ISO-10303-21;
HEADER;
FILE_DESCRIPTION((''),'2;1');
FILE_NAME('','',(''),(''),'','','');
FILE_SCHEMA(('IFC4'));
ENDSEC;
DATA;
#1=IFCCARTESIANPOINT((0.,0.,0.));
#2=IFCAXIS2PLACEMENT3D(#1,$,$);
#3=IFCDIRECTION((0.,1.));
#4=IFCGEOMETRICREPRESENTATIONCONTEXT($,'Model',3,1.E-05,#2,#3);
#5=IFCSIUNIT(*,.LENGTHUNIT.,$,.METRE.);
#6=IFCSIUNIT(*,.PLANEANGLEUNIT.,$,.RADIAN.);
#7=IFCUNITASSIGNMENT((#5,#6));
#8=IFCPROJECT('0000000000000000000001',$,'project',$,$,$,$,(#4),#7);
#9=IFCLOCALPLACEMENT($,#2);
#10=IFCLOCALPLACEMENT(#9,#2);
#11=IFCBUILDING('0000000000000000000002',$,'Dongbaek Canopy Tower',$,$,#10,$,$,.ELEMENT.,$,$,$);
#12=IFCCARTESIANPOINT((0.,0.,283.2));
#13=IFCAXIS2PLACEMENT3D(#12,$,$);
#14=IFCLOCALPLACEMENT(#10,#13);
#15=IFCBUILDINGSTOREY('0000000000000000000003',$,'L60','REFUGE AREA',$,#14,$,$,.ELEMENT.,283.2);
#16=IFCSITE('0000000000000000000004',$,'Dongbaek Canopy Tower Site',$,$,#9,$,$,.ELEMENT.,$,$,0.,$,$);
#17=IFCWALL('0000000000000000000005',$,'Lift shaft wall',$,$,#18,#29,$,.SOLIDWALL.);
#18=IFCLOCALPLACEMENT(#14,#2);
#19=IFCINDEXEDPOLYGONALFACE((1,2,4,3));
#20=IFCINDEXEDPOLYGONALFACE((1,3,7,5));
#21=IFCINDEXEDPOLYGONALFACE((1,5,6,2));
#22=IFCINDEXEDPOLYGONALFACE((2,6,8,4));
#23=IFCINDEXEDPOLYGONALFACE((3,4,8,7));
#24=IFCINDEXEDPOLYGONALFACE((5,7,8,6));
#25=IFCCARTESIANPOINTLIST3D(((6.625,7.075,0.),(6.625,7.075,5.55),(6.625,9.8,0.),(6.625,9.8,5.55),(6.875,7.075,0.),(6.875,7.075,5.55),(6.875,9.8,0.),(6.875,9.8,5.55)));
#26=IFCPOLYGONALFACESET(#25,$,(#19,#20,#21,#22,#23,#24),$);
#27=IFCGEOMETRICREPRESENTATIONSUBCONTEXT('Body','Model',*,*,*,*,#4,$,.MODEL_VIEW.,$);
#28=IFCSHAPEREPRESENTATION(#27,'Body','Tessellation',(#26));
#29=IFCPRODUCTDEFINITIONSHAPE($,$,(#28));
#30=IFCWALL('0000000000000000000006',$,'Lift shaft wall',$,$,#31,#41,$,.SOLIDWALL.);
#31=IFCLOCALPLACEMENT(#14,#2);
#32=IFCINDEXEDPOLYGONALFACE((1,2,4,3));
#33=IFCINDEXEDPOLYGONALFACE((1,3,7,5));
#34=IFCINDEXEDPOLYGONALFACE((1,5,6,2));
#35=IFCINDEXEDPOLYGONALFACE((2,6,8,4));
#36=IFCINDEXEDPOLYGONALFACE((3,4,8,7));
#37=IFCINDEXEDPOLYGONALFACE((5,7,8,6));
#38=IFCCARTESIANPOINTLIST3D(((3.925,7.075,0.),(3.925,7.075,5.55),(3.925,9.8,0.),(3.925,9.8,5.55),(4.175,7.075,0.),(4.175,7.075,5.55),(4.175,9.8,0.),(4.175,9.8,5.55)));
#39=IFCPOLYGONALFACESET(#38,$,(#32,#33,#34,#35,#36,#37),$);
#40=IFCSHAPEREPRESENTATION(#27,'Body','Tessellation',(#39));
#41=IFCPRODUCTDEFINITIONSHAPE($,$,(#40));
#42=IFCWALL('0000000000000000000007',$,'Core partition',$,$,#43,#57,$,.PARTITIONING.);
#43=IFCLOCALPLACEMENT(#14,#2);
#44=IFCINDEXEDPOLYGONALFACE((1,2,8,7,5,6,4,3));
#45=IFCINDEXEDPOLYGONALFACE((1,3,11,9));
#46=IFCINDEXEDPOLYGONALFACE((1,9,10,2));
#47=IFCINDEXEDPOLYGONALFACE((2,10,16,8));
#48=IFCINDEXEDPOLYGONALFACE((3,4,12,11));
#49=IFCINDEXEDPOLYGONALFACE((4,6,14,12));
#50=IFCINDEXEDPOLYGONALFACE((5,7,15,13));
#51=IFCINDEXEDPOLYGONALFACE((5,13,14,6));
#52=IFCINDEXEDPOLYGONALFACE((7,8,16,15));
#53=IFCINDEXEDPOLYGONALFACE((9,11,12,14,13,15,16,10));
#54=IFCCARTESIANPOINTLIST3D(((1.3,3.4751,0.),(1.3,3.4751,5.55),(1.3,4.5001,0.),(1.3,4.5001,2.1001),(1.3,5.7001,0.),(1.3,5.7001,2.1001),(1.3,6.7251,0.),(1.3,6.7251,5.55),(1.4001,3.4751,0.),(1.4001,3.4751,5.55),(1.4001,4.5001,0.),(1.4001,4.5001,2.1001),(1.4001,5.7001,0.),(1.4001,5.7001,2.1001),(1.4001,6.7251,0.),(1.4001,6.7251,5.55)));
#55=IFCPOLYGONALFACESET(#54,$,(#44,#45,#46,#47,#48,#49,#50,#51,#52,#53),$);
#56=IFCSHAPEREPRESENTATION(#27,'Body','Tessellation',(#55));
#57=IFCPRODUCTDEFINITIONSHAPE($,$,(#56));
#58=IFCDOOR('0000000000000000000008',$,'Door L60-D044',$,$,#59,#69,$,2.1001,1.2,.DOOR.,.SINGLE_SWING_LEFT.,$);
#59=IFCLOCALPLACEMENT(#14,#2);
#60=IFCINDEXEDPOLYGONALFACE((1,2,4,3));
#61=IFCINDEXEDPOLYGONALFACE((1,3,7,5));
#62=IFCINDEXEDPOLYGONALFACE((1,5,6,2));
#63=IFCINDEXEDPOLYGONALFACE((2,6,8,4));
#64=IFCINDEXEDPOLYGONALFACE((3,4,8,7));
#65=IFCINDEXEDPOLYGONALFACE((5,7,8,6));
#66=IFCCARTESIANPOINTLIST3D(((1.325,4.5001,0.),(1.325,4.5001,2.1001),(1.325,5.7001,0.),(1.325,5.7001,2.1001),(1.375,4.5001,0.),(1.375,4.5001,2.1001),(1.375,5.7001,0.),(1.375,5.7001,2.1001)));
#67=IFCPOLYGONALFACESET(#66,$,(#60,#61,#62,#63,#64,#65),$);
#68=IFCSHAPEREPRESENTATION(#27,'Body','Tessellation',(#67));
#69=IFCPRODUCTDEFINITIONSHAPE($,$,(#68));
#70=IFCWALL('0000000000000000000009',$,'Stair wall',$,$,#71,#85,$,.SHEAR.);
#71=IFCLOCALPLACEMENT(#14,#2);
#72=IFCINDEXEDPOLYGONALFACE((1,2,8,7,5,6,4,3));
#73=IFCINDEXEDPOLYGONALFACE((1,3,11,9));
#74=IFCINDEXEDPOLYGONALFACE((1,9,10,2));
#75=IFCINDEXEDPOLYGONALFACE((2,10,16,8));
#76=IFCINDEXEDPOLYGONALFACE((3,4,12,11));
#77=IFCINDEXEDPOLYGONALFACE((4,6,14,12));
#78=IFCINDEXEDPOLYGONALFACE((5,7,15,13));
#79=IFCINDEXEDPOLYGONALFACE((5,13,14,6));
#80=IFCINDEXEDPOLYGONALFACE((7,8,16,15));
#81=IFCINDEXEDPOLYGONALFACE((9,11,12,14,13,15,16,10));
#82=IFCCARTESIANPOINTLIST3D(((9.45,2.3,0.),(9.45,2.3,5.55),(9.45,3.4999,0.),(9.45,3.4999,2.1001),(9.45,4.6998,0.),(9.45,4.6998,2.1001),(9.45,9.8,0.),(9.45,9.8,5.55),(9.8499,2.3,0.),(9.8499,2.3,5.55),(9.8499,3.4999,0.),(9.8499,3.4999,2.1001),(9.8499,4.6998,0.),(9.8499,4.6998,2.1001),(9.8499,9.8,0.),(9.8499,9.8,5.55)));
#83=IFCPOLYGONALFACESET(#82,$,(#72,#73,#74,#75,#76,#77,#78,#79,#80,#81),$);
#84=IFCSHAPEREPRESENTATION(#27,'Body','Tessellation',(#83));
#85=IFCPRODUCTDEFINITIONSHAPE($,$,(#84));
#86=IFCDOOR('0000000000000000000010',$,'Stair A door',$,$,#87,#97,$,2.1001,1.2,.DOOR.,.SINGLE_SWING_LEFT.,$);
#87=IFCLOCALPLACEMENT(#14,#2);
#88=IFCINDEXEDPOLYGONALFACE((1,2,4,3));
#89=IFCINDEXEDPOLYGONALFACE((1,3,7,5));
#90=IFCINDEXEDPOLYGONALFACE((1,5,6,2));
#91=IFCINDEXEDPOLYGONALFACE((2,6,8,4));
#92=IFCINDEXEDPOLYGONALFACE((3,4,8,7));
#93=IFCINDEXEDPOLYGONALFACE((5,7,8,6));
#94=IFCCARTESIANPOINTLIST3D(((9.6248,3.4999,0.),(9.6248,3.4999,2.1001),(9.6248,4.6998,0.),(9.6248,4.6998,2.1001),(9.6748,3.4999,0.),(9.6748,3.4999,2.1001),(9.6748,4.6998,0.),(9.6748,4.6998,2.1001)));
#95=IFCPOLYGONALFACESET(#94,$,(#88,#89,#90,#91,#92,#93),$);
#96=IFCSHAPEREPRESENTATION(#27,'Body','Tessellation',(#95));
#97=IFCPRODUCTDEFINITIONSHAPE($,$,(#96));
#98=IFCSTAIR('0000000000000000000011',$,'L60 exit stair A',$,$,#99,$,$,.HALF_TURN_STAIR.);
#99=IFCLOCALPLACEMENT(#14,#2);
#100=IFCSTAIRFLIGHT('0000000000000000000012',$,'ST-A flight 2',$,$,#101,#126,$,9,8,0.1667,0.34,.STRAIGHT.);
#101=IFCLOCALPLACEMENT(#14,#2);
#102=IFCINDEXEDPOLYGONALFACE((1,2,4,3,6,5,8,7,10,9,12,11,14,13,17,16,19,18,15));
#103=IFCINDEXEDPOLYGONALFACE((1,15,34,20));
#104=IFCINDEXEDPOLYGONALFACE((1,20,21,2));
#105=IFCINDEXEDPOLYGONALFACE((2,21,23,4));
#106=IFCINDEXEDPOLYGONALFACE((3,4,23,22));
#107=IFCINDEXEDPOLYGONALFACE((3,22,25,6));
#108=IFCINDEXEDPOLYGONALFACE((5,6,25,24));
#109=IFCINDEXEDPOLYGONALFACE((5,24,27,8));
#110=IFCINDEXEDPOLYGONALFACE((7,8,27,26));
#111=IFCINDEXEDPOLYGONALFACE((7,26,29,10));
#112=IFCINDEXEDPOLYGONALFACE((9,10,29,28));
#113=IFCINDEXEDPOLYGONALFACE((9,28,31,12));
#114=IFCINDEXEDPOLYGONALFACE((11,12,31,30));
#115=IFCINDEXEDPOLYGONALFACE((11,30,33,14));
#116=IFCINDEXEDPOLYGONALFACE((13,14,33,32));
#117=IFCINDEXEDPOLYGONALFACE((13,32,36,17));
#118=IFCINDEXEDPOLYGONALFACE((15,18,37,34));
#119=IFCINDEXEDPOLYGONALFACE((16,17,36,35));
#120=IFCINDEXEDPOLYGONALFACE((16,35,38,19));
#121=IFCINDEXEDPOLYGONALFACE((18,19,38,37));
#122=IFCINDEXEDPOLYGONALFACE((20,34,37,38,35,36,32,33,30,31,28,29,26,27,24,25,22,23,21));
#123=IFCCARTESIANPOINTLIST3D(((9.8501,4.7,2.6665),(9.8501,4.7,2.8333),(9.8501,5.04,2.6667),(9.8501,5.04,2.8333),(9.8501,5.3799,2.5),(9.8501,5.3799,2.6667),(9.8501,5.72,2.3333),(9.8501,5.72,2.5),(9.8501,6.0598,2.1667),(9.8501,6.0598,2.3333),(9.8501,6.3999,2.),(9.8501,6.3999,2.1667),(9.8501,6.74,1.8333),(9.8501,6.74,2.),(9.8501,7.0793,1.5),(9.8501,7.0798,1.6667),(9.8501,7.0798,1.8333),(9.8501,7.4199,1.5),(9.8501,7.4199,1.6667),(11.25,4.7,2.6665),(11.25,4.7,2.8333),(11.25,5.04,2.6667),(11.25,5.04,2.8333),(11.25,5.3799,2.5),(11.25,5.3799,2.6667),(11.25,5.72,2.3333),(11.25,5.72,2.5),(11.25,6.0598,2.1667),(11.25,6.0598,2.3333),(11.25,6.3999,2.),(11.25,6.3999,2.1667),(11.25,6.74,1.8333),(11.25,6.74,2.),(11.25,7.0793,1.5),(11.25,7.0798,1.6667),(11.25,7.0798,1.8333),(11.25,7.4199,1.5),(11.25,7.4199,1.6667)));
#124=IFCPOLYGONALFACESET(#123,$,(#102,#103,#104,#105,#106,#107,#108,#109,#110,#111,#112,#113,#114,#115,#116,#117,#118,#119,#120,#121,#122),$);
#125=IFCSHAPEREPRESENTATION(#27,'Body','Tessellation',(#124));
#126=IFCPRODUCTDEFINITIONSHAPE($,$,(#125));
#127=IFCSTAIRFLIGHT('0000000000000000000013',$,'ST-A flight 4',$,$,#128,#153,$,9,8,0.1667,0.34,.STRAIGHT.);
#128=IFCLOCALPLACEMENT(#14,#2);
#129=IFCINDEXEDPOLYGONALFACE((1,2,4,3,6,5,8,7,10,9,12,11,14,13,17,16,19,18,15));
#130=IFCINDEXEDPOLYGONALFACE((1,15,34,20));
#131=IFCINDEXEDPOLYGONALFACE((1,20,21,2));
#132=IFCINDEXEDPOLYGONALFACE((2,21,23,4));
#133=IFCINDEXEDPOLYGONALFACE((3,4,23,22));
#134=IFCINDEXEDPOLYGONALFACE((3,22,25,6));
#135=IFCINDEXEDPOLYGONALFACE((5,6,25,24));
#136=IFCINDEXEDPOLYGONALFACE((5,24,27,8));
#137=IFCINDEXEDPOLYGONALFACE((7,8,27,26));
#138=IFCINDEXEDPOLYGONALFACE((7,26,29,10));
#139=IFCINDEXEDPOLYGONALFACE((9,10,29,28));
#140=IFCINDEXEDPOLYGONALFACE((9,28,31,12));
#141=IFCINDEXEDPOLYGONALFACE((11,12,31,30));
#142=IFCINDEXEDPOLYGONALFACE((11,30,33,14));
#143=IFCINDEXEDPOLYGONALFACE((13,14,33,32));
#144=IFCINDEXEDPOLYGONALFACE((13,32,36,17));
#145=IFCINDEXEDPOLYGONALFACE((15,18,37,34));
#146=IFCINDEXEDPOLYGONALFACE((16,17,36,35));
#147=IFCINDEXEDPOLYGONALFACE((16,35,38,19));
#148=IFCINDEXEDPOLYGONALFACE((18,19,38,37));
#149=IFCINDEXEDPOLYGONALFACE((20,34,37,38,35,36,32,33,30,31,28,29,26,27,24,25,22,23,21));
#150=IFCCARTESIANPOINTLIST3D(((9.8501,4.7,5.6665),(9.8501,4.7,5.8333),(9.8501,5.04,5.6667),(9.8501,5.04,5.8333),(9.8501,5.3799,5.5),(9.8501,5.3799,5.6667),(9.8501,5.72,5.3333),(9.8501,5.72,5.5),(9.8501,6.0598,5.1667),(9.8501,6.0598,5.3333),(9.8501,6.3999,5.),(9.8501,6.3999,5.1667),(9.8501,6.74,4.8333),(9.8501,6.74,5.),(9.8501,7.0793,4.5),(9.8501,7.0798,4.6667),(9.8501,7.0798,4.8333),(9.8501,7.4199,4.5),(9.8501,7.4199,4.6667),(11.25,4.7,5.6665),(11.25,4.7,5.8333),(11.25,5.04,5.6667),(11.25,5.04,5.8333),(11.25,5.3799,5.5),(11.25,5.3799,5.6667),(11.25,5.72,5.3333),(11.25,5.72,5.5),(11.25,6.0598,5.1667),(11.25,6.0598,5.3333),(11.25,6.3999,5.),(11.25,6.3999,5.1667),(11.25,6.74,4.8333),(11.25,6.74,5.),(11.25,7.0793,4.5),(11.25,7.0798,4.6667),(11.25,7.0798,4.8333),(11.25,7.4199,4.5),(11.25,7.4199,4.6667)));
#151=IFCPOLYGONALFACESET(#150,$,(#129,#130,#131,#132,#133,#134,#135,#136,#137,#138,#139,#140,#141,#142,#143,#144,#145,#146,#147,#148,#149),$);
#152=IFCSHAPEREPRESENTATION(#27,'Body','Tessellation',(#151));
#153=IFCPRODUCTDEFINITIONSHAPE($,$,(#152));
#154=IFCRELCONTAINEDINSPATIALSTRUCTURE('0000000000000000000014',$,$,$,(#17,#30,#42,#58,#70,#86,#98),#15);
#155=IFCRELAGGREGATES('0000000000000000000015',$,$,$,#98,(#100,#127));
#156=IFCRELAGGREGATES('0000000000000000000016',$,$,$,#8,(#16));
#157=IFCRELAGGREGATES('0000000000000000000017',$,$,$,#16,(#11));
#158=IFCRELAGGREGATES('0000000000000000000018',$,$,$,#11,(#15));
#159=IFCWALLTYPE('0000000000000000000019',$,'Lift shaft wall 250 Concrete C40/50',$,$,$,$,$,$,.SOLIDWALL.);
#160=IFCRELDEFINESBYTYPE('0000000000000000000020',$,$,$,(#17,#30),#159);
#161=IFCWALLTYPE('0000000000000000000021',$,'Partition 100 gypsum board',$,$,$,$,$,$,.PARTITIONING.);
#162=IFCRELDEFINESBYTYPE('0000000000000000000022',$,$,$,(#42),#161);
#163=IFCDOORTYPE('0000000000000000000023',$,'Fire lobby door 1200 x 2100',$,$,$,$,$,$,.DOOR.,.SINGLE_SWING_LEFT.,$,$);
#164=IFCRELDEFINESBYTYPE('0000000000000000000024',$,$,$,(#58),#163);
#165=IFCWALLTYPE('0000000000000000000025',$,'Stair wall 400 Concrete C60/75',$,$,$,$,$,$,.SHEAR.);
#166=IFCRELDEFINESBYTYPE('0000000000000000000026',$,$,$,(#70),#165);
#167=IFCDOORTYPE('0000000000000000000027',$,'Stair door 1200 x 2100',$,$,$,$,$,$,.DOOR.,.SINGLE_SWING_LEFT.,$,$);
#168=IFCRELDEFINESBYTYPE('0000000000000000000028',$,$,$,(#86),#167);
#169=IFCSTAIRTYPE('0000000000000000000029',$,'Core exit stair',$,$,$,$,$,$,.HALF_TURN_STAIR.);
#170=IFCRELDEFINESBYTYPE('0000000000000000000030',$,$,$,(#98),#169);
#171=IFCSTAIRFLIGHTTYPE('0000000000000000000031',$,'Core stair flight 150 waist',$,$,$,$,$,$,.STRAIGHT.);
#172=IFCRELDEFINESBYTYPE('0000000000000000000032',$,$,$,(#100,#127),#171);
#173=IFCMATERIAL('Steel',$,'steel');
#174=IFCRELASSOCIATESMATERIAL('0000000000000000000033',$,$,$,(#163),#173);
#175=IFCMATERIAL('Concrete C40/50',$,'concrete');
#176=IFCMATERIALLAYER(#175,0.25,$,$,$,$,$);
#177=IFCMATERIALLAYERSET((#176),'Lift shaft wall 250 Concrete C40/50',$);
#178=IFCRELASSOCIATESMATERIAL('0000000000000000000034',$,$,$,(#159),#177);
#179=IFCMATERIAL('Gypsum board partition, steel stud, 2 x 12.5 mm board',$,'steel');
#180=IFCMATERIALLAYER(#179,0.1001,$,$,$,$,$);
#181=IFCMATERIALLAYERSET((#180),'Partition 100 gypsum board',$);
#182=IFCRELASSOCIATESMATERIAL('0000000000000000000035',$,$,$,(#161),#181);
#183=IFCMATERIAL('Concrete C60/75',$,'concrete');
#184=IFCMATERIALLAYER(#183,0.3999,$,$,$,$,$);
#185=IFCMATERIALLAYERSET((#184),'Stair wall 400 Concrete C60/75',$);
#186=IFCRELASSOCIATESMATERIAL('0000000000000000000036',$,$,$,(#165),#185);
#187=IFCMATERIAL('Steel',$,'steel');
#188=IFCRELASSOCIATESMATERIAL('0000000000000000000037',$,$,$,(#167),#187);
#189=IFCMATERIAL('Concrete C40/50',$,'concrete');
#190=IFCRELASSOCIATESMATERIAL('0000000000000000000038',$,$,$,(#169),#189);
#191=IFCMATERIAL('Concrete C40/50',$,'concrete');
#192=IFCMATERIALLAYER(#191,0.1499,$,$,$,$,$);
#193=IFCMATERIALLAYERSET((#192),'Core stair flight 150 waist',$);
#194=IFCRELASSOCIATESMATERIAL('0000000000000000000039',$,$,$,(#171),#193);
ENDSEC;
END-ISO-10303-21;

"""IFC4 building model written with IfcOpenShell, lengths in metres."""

from ifc_helpers import new_model, si_unit, direction, frame, frame_2d, origin, place, context, subcontext, project, spatial, polyline, rectangle, outline, extrude, material, layer, layer_set, type_object, element, fill, aggregate, save


model = new_model("IFC4")

# Units and contexts
model_context = context("Model", 3, precision=1e-05, world=origin(), true_north=direction((0.0, 1.0)))
body_context = subcontext(model_context, "Body", "Model", "MODEL_VIEW")
ifc_project = project(units=[si_unit("LENGTHUNIT", "METRE"), si_unit("PLANEANGLEUNIT", "RADIAN")], contexts=[model_context])

# Site, building, storey
site_placement = place(None, origin())
site = spatial("IfcSite", under=ifc_project, at=site_placement, Name="Dongbaek Canopy Tower Site", CompositionType="ELEMENT", RefElevation=0.0)
building_placement = place(site_placement, origin())
building = spatial("IfcBuilding", under=site, at=building_placement, Name="Dongbaek Canopy Tower", CompositionType="ELEMENT")
storey_placement = place(building_placement, frame((0.0, 0.0, 283.2)))
storey = spatial("IfcBuildingStorey", under=building, at=storey_placement, Name="L60", Description="REFUGE AREA", CompositionType="ELEMENT", Elevation=283.2)

# Shared definitions
ifc_material_1 = material(Name="Steel", Category="steel")
door_type_1 = type_object("IfcDoorType", Name="Fire lobby door 1200 x 2100", OperationType="SINGLE_SWING_LEFT", PredefinedType="DOOR", material=ifc_material_1)

# Walls
ifc_material_2 = material(Name="Concrete C40/50", Category="concrete")
ifc_layer_1 = layer(ifc_material_2, 0.25)
ifc_layer_set_1 = layer_set([ifc_layer_1], Name="Lift shaft wall 250 Concrete C40/50")
wall_type_1 = type_object("IfcWallType", Name="Lift shaft wall 250 Concrete C40/50", PredefinedType="SOLIDWALL", material=ifc_layer_set_1)
for number, where, z_axis, x_axis, name in (
    (1, (6.75, 7.075, 0.0), (0.0, 0.0, 1.0), (0.0, 1.0, 0.0), "Lift shaft wall"),
    (2, (4.05, 7.075, 0.0), (0.0, 0.0, 1.0), (0.0, 1.0, 0.0), "Lift shaft wall"),
):
    element("IfcWall", number, at=place(storey_placement, frame(where, z_axis=z_axis, x_axis=x_axis)), inside=storey, type_object=wall_type_1, Name=name, PredefinedType="SOLIDWALL", context=body_context, shape_type="SweptSolid", body=[
        extrude(rectangle(XDim=2.7251, YDim=0.25, at=frame_2d((1.3625, 0.0))), origin(), (0.0, 0.0, 1.0), 5.55),
    ])

# Walls, openings, doors
ifc_material_3 = material(Name="Gypsum board partition, steel stud, 2 x 12.5 mm board", Category="steel")
ifc_layer_2 = layer(ifc_material_3, 0.1001)
ifc_layer_set_2 = layer_set([ifc_layer_2], Name="Partition 100 gypsum board")
wall_type_2 = type_object("IfcWallType", Name="Partition 100 gypsum board", PredefinedType="PARTITIONING", material=ifc_layer_set_2)
wall_1_placement = place(storey_placement, frame((1.3501, 6.7251, 0.0), z_axis=(0.0, 0.0, 1.0), x_axis=(0.0, -1.0, 0.0)))
wall_1 = element("IfcWall", 3, at=wall_1_placement, inside=storey, type_object=wall_type_2, Name="Core partition", PredefinedType="PARTITIONING", context=body_context, shape_type="SweptSolid", body=[
    extrude(rectangle(XDim=3.25, YDim=0.1001, at=frame_2d((1.625, 0.0))), origin(), (0.0, 0.0, 1.0), 5.55),
])
opening_1_placement = place(wall_1_placement, frame((1.0249, 0.0, 0.0)))
opening_1 = element("IfcOpeningElement", 4, at=opening_1_placement, cuts=wall_1, PredefinedType="OPENING", context=body_context, shape_type="SweptSolid", body=[
    extrude(rectangle(XDim=1.2, YDim=2.1001, at=frame_2d((0.6001, 1.05))), frame((0.0, 0.0601, 0.0), z_axis=(0.0, -1.0, 0.0), x_axis=(1.0, 0.0, 0.0)), (0.0, 0.0, 1.0), 0.1201),
])
door_1_placement = place(opening_1_placement, origin())
door_1 = element("IfcDoor", 5, at=door_1_placement, inside=storey, type_object=door_type_1, Name="Door L60-D044", OperationType="SINGLE_SWING_LEFT", OverallHeight=2.1001, OverallWidth=1.2, PredefinedType="DOOR", context=body_context, shape_type="SweptSolid", body=[
    extrude(rectangle(XDim=1.2, YDim=2.1001, at=frame_2d((0.6001, 1.05))), frame((0.0, 0.0249, 0.0), z_axis=(0.0, -1.0, 0.0), x_axis=(1.0, 0.0, 0.0)), (0.0, 0.0, 1.0), 0.05),
])
fill(opening_1, door_1)
ifc_material_4 = material(Name="Concrete C60/75", Category="concrete")
ifc_layer_3 = layer(ifc_material_4, 0.3999)
ifc_layer_set_3 = layer_set([ifc_layer_3], Name="Stair wall 400 Concrete C60/75")
wall_type_3 = type_object("IfcWallType", Name="Stair wall 400 Concrete C60/75", PredefinedType="SHEAR", material=ifc_layer_set_3)
wall_2_placement = place(storey_placement, frame((9.6499, 9.8, 0.0), z_axis=(0.0, 0.0, 1.0), x_axis=(0.0, -1.0, 0.0)))
wall_2 = element("IfcWall", 6, at=wall_2_placement, inside=storey, type_object=wall_type_3, Name="Stair wall", PredefinedType="SHEAR", context=body_context, shape_type="SweptSolid", body=[
    extrude(rectangle(XDim=7.5, YDim=0.3999, at=frame_2d((3.75, 0.0))), origin(), (0.0, 0.0, 1.0), 5.55),
])
opening_2_placement = place(wall_2_placement, frame((5.1001, 0.0, 0.0)))
opening_2 = element("IfcOpeningElement", 7, at=opening_2_placement, cuts=wall_2, PredefinedType="OPENING", context=body_context, shape_type="SweptSolid", body=[
    extrude(rectangle(XDim=1.2, YDim=2.1001, at=frame_2d((0.6001, 1.05))), frame((0.0, 0.21, 0.0), z_axis=(0.0, -1.0, 0.0), x_axis=(1.0, 0.0, 0.0)), (0.0, 0.0, 1.0), 0.4199),
])
ifc_material_5 = material(Name="Steel", Category="steel")
door_type_2 = type_object("IfcDoorType", Name="Stair door 1200 x 2100", OperationType="SINGLE_SWING_LEFT", PredefinedType="DOOR", material=ifc_material_5)
door_2_placement = place(opening_2_placement, origin())
door_2 = element("IfcDoor", 8, at=door_2_placement, inside=storey, type_object=door_type_2, Name="Stair A door", OperationType="SINGLE_SWING_LEFT", OverallHeight=2.1001, OverallWidth=1.2, PredefinedType="DOOR", context=body_context, shape_type="SweptSolid", body=[
    extrude(rectangle(XDim=1.2, YDim=2.1001, at=frame_2d((0.6001, 1.05))), frame((0.0, 0.0249, 0.0), z_axis=(0.0, -1.0, 0.0), x_axis=(1.0, 0.0, 0.0)), (0.0, 0.0, 1.0), 0.05),
])
fill(opening_2, door_2)

# Stair, stair flights
ifc_material_6 = material(Name="Concrete C40/50", Category="concrete")
stair_type = type_object("IfcStairType", Name="Core exit stair", PredefinedType="HALF_TURN_STAIR", material=ifc_material_6)
stair_placement = place(storey_placement, origin())
stair = element("IfcStair", 9, at=stair_placement, inside=storey, type_object=stair_type, Name="L60 exit stair A", PredefinedType="HALF_TURN_STAIR")
ifc_material_7 = material(Name="Concrete C40/50", Category="concrete")
ifc_layer_4 = layer(ifc_material_7, 0.1499)
ifc_layer_set_4 = layer_set([ifc_layer_4], Name="Core stair flight 150 waist")
stair_flight_type = type_object("IfcStairFlightType", Name="Core stair flight 150 waist", PredefinedType="STRAIGHT", material=ifc_layer_set_4)
stair_flight_1_placement = place(storey_placement, frame((10.55, 7.4199, 1.5), z_axis=(0.0, 0.0, 1.0), x_axis=(0.0, -1.0, 0.0)))
stair_flight_1 = element("IfcStairFlight", 10, at=stair_flight_1_placement, type_object=stair_flight_type, Name="ST-A flight 2", NumberOfRisers=9, NumberOfTreads=8, PredefinedType="STRAIGHT", RiserHeight=0.1667, TreadLength=0.34, context=body_context, shape_type="SweptSolid", body=[
    extrude(outline(polyline([(0.0, 0.0), (0.0, 0.1667), (0.3401, 0.1667), (0.3401, 0.3333), (0.6799, 0.3333), (0.6799, 0.5), (1.02, 0.5), (1.02, 0.6667), (1.3601, 0.6667), (1.3601, 0.8333), (1.7, 0.8333), (1.7, 1.0), (2.04, 1.0), (2.04, 1.1667), (2.3799, 1.1667), (2.3799, 1.3333), (2.72, 1.3333), (2.72, 1.5), (2.72, 1.1665), (0.3406, 0.0), (0.0, 0.0)])), frame((0.0, 0.7, 0.0), z_axis=(0.0, -1.0, 0.0), x_axis=(1.0, 0.0, 0.0)), (0.0, 0.0, 1.0), 1.3999),
])
stair_flight_2_placement = place(storey_placement, frame((10.55, 7.4199, 4.5), z_axis=(0.0, 0.0, 1.0), x_axis=(0.0, -1.0, 0.0)))
stair_flight_2 = element("IfcStairFlight", 11, at=stair_flight_2_placement, type_object=stair_flight_type, Name="ST-A flight 4", NumberOfRisers=9, NumberOfTreads=8, PredefinedType="STRAIGHT", RiserHeight=0.1667, TreadLength=0.34, context=body_context, shape_type="SweptSolid", body=[
    extrude(outline(polyline([(0.0, 0.0), (0.0, 0.1667), (0.3401, 0.1667), (0.3401, 0.3333), (0.6799, 0.3333), (0.6799, 0.5), (1.02, 0.5), (1.02, 0.6667), (1.3601, 0.6667), (1.3601, 0.8333), (1.7, 0.8333), (1.7, 1.0), (2.04, 1.0), (2.04, 1.1667), (2.3799, 1.1667), (2.3799, 1.3333), (2.72, 1.3333), (2.72, 1.5), (2.72, 1.1665), (0.3406, 0.0), (0.0, 0.0)])), frame((0.0, 0.7, 0.0), z_axis=(0.0, -1.0, 0.0), x_axis=(1.0, 0.0, 0.0)), (0.0, 0.0, 1.0), 1.3999),
])
aggregate(stair, [stair_flight_1, stair_flight_2])

save(model, "model.ifc")
